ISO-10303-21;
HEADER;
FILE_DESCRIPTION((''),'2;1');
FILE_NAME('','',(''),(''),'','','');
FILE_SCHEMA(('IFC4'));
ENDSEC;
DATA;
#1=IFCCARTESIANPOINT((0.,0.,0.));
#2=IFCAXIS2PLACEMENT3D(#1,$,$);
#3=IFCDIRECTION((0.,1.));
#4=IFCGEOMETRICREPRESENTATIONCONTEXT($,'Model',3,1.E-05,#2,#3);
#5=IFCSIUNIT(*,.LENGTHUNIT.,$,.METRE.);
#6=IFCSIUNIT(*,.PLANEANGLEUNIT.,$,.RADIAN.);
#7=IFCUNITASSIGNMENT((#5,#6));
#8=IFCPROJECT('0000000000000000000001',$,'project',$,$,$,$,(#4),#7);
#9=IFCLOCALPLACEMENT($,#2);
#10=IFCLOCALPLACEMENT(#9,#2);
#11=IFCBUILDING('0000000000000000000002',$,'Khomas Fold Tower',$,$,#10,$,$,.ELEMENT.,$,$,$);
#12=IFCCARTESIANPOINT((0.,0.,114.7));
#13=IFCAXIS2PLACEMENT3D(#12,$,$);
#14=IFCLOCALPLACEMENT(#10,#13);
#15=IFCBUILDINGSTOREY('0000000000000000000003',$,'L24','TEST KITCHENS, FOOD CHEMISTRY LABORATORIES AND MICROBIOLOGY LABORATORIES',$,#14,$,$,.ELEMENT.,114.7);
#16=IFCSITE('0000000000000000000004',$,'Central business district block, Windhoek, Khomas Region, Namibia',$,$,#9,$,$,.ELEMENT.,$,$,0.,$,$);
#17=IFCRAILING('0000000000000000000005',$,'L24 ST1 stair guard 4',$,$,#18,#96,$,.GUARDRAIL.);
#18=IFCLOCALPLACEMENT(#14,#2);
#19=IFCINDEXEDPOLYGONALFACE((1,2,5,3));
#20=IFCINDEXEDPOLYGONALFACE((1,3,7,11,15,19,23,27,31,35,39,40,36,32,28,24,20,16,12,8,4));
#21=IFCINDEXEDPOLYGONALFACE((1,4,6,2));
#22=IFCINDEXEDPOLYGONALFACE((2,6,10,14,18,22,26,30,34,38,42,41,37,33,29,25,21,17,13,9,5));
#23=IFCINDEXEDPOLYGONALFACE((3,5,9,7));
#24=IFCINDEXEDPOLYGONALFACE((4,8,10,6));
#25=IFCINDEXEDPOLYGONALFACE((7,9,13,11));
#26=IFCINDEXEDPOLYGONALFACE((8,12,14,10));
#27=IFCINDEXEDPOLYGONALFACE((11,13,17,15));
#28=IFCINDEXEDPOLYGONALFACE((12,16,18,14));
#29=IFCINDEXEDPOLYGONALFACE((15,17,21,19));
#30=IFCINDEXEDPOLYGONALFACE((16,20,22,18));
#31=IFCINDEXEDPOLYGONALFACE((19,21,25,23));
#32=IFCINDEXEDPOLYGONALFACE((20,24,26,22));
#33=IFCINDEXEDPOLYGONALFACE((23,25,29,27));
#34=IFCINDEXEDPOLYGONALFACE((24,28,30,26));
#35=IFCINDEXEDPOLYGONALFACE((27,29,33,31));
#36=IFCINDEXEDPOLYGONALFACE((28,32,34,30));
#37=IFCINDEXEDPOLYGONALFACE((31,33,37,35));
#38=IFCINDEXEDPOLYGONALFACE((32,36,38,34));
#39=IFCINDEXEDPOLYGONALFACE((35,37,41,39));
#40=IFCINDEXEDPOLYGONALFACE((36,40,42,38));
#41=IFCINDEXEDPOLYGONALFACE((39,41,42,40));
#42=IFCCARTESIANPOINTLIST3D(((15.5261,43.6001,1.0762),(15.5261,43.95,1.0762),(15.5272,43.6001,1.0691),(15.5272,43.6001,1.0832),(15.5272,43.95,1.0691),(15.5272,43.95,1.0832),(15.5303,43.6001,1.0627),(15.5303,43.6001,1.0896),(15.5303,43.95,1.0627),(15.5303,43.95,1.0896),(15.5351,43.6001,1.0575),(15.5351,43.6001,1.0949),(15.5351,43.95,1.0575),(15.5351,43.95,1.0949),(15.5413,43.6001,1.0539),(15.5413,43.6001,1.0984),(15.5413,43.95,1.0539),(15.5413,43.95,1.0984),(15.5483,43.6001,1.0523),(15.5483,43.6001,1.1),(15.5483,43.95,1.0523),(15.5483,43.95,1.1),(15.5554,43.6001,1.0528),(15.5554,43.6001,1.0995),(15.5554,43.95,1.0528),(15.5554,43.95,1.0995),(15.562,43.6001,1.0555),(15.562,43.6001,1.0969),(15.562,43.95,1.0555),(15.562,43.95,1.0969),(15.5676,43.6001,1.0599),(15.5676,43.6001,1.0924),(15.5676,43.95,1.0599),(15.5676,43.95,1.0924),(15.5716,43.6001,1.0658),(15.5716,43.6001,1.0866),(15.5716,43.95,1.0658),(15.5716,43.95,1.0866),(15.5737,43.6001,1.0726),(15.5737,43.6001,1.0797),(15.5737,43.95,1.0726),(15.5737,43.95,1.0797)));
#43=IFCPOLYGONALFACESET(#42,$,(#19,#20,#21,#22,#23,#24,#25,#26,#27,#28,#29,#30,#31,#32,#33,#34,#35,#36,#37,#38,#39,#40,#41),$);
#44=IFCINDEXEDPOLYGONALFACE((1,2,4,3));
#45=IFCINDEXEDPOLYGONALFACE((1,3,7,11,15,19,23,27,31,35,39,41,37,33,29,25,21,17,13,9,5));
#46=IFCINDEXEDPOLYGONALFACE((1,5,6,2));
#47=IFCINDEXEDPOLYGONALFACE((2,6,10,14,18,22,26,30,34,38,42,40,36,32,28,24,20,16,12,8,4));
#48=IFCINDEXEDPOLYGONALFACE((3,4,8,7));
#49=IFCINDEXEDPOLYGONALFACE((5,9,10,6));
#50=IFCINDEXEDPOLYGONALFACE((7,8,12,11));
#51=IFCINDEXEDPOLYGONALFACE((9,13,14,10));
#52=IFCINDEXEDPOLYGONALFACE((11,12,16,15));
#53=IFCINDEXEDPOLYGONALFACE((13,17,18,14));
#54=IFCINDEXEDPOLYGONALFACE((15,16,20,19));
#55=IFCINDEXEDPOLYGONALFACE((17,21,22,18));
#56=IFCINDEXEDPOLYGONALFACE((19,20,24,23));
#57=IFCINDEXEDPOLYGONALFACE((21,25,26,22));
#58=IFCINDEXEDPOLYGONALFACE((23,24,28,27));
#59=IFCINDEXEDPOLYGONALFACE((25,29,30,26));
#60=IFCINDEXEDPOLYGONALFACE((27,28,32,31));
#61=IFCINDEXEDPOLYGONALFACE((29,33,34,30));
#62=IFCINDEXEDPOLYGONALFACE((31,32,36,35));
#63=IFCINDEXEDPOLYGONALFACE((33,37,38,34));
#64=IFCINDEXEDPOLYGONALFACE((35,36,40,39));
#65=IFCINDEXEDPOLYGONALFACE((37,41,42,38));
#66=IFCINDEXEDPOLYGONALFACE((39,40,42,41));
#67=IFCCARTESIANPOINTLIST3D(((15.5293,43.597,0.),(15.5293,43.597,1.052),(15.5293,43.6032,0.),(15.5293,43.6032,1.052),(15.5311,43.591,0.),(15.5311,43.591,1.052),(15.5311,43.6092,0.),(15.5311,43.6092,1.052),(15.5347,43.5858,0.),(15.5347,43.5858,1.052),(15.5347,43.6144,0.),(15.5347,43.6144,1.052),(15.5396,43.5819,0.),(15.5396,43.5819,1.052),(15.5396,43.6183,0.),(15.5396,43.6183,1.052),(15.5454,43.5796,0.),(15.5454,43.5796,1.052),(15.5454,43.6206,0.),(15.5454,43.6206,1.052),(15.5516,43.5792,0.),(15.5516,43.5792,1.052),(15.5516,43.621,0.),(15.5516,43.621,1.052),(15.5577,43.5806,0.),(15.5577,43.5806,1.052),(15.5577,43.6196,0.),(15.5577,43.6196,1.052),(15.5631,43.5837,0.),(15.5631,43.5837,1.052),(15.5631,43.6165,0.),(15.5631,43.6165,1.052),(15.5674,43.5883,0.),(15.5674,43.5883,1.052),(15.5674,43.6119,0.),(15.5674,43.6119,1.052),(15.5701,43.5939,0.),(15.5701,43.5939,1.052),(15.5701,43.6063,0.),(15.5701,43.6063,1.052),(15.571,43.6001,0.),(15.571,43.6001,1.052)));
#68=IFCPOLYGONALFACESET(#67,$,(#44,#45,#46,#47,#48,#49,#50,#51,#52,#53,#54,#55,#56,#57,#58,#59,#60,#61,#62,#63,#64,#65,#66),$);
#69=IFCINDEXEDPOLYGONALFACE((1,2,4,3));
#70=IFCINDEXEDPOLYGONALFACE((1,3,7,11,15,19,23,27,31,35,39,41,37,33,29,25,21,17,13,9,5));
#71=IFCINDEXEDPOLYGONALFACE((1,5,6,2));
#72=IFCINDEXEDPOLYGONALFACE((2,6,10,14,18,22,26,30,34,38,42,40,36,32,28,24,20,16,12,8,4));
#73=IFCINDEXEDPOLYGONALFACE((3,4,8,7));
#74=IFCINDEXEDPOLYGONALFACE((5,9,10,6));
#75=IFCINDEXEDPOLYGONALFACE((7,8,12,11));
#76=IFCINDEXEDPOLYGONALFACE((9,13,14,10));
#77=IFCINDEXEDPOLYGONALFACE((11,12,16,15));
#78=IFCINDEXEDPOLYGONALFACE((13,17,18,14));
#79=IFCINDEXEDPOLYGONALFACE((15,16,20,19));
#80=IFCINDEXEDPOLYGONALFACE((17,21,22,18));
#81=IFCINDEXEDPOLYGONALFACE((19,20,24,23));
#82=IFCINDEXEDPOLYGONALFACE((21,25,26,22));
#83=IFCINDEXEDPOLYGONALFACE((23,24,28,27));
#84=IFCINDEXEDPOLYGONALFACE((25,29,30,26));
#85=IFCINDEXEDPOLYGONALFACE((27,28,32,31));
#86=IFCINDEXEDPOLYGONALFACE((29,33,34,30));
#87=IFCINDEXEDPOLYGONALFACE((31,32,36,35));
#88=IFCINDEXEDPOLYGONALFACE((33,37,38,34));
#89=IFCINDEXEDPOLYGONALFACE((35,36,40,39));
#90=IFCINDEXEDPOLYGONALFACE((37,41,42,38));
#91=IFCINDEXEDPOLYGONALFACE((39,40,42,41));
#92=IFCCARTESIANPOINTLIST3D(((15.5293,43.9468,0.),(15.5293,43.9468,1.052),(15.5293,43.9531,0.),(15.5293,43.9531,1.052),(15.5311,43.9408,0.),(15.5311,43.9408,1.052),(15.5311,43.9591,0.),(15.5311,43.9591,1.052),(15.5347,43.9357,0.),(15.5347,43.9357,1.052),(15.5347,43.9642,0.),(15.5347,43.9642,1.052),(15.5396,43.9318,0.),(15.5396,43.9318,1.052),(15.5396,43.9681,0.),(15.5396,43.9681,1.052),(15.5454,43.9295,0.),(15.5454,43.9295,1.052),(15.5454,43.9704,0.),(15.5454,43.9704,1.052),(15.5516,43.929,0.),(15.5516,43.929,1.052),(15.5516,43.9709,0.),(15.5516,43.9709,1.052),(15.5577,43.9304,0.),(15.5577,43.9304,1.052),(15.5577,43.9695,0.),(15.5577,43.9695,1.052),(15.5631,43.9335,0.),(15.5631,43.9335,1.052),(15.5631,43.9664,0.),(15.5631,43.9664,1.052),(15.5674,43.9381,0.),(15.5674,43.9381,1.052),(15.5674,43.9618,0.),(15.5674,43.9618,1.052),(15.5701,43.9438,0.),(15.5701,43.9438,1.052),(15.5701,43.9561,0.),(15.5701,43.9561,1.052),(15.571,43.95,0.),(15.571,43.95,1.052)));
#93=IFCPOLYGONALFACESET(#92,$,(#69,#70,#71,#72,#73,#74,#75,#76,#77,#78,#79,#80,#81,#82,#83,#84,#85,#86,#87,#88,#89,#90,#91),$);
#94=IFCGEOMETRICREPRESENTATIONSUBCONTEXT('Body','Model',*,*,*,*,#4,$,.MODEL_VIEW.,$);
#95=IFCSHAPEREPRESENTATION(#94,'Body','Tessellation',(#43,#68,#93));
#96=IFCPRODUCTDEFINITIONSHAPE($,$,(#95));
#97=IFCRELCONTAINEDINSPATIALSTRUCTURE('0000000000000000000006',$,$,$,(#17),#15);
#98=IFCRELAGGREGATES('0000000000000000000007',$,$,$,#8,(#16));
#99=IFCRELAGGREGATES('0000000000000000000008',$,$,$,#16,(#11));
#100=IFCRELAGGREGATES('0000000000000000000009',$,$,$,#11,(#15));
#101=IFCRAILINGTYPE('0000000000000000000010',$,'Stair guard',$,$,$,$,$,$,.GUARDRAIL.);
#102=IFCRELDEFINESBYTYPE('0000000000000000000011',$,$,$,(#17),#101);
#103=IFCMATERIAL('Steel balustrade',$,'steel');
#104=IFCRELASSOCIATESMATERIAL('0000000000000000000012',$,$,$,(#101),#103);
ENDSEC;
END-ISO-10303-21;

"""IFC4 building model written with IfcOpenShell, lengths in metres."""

from ifc_helpers import new_model, si_unit, direction, frame, origin, origin_2d, place, context, subcontext, project, spatial, circle, extrude, source, transform, mapped, material, type_object, element, save


model = new_model("IFC4")

# Units and contexts
model_context = context("Model", 3, precision=1e-05, world=origin(), true_north=direction((0.0, 1.0)))
body_context = subcontext(model_context, "Body", "Model", "MODEL_VIEW")
ifc_project = project(units=[si_unit("LENGTHUNIT", "METRE"), si_unit("PLANEANGLEUNIT", "RADIAN")], contexts=[model_context])

# Site, building, storey
site_placement = place(None, origin())
site = spatial("IfcSite", under=ifc_project, at=site_placement, Name="Central business district block, Windhoek, Khomas Region, Namibia", CompositionType="ELEMENT", RefElevation=0.0)
building_placement = place(site_placement, origin())
building = spatial("IfcBuilding", under=site, at=building_placement, Name="Khomas Fold Tower", CompositionType="ELEMENT")
storey_placement = place(building_placement, frame((0.0, 0.0, 114.7)))
storey = spatial("IfcBuildingStorey", under=building, at=storey_placement, Name="L24", Description="TEST KITCHENS, FOOD CHEMISTRY LABORATORIES AND MICROBIOLOGY LABORATORIES", CompositionType="ELEMENT", Elevation=114.7)

# Railing
ifc_material_1 = material(Name="Steel balustrade", Category="steel")
railing_type_1 = type_object("IfcRailingType", Name="Stair guard", PredefinedType="GUARDRAIL", material=ifc_material_1)
shared_shape_1 = source(origin(), body_context, "Body", "SweptSolid", [
    extrude(circle(Radius=0.0239, at=origin_2d()), frame((0.0, 0.0, 1.0762), z_axis=(0.0, 1.0, 0.0), x_axis=(-1.0, 0.0, 0.0)), (0.0, 0.0, 1.0), 0.3499),
    extrude(circle(Radius=0.021, at=origin_2d()), origin(), (0.0, 0.0, 1.0), 1.052),
    extrude(circle(Radius=0.021, at=origin_2d()), frame((0.0, 0.3499, 0.0)), (0.0, 0.0, 1.0), 1.052),
])
for number, where, name in (
    (1, (15.55, 43.6001, 0.0), "L24 ST1 stair guard 4"),
):
    element("IfcRailing", number, at=place(storey_placement, frame(where)), inside=storey, type_object=railing_type_1, Name=name, PredefinedType="GUARDRAIL", context=body_context, shape_type="MappedRepresentation", body=[
        mapped(shared_shape_1, transform((0.0, 0.0, 0.0))),
    ])

save(model, "model.ifc")
